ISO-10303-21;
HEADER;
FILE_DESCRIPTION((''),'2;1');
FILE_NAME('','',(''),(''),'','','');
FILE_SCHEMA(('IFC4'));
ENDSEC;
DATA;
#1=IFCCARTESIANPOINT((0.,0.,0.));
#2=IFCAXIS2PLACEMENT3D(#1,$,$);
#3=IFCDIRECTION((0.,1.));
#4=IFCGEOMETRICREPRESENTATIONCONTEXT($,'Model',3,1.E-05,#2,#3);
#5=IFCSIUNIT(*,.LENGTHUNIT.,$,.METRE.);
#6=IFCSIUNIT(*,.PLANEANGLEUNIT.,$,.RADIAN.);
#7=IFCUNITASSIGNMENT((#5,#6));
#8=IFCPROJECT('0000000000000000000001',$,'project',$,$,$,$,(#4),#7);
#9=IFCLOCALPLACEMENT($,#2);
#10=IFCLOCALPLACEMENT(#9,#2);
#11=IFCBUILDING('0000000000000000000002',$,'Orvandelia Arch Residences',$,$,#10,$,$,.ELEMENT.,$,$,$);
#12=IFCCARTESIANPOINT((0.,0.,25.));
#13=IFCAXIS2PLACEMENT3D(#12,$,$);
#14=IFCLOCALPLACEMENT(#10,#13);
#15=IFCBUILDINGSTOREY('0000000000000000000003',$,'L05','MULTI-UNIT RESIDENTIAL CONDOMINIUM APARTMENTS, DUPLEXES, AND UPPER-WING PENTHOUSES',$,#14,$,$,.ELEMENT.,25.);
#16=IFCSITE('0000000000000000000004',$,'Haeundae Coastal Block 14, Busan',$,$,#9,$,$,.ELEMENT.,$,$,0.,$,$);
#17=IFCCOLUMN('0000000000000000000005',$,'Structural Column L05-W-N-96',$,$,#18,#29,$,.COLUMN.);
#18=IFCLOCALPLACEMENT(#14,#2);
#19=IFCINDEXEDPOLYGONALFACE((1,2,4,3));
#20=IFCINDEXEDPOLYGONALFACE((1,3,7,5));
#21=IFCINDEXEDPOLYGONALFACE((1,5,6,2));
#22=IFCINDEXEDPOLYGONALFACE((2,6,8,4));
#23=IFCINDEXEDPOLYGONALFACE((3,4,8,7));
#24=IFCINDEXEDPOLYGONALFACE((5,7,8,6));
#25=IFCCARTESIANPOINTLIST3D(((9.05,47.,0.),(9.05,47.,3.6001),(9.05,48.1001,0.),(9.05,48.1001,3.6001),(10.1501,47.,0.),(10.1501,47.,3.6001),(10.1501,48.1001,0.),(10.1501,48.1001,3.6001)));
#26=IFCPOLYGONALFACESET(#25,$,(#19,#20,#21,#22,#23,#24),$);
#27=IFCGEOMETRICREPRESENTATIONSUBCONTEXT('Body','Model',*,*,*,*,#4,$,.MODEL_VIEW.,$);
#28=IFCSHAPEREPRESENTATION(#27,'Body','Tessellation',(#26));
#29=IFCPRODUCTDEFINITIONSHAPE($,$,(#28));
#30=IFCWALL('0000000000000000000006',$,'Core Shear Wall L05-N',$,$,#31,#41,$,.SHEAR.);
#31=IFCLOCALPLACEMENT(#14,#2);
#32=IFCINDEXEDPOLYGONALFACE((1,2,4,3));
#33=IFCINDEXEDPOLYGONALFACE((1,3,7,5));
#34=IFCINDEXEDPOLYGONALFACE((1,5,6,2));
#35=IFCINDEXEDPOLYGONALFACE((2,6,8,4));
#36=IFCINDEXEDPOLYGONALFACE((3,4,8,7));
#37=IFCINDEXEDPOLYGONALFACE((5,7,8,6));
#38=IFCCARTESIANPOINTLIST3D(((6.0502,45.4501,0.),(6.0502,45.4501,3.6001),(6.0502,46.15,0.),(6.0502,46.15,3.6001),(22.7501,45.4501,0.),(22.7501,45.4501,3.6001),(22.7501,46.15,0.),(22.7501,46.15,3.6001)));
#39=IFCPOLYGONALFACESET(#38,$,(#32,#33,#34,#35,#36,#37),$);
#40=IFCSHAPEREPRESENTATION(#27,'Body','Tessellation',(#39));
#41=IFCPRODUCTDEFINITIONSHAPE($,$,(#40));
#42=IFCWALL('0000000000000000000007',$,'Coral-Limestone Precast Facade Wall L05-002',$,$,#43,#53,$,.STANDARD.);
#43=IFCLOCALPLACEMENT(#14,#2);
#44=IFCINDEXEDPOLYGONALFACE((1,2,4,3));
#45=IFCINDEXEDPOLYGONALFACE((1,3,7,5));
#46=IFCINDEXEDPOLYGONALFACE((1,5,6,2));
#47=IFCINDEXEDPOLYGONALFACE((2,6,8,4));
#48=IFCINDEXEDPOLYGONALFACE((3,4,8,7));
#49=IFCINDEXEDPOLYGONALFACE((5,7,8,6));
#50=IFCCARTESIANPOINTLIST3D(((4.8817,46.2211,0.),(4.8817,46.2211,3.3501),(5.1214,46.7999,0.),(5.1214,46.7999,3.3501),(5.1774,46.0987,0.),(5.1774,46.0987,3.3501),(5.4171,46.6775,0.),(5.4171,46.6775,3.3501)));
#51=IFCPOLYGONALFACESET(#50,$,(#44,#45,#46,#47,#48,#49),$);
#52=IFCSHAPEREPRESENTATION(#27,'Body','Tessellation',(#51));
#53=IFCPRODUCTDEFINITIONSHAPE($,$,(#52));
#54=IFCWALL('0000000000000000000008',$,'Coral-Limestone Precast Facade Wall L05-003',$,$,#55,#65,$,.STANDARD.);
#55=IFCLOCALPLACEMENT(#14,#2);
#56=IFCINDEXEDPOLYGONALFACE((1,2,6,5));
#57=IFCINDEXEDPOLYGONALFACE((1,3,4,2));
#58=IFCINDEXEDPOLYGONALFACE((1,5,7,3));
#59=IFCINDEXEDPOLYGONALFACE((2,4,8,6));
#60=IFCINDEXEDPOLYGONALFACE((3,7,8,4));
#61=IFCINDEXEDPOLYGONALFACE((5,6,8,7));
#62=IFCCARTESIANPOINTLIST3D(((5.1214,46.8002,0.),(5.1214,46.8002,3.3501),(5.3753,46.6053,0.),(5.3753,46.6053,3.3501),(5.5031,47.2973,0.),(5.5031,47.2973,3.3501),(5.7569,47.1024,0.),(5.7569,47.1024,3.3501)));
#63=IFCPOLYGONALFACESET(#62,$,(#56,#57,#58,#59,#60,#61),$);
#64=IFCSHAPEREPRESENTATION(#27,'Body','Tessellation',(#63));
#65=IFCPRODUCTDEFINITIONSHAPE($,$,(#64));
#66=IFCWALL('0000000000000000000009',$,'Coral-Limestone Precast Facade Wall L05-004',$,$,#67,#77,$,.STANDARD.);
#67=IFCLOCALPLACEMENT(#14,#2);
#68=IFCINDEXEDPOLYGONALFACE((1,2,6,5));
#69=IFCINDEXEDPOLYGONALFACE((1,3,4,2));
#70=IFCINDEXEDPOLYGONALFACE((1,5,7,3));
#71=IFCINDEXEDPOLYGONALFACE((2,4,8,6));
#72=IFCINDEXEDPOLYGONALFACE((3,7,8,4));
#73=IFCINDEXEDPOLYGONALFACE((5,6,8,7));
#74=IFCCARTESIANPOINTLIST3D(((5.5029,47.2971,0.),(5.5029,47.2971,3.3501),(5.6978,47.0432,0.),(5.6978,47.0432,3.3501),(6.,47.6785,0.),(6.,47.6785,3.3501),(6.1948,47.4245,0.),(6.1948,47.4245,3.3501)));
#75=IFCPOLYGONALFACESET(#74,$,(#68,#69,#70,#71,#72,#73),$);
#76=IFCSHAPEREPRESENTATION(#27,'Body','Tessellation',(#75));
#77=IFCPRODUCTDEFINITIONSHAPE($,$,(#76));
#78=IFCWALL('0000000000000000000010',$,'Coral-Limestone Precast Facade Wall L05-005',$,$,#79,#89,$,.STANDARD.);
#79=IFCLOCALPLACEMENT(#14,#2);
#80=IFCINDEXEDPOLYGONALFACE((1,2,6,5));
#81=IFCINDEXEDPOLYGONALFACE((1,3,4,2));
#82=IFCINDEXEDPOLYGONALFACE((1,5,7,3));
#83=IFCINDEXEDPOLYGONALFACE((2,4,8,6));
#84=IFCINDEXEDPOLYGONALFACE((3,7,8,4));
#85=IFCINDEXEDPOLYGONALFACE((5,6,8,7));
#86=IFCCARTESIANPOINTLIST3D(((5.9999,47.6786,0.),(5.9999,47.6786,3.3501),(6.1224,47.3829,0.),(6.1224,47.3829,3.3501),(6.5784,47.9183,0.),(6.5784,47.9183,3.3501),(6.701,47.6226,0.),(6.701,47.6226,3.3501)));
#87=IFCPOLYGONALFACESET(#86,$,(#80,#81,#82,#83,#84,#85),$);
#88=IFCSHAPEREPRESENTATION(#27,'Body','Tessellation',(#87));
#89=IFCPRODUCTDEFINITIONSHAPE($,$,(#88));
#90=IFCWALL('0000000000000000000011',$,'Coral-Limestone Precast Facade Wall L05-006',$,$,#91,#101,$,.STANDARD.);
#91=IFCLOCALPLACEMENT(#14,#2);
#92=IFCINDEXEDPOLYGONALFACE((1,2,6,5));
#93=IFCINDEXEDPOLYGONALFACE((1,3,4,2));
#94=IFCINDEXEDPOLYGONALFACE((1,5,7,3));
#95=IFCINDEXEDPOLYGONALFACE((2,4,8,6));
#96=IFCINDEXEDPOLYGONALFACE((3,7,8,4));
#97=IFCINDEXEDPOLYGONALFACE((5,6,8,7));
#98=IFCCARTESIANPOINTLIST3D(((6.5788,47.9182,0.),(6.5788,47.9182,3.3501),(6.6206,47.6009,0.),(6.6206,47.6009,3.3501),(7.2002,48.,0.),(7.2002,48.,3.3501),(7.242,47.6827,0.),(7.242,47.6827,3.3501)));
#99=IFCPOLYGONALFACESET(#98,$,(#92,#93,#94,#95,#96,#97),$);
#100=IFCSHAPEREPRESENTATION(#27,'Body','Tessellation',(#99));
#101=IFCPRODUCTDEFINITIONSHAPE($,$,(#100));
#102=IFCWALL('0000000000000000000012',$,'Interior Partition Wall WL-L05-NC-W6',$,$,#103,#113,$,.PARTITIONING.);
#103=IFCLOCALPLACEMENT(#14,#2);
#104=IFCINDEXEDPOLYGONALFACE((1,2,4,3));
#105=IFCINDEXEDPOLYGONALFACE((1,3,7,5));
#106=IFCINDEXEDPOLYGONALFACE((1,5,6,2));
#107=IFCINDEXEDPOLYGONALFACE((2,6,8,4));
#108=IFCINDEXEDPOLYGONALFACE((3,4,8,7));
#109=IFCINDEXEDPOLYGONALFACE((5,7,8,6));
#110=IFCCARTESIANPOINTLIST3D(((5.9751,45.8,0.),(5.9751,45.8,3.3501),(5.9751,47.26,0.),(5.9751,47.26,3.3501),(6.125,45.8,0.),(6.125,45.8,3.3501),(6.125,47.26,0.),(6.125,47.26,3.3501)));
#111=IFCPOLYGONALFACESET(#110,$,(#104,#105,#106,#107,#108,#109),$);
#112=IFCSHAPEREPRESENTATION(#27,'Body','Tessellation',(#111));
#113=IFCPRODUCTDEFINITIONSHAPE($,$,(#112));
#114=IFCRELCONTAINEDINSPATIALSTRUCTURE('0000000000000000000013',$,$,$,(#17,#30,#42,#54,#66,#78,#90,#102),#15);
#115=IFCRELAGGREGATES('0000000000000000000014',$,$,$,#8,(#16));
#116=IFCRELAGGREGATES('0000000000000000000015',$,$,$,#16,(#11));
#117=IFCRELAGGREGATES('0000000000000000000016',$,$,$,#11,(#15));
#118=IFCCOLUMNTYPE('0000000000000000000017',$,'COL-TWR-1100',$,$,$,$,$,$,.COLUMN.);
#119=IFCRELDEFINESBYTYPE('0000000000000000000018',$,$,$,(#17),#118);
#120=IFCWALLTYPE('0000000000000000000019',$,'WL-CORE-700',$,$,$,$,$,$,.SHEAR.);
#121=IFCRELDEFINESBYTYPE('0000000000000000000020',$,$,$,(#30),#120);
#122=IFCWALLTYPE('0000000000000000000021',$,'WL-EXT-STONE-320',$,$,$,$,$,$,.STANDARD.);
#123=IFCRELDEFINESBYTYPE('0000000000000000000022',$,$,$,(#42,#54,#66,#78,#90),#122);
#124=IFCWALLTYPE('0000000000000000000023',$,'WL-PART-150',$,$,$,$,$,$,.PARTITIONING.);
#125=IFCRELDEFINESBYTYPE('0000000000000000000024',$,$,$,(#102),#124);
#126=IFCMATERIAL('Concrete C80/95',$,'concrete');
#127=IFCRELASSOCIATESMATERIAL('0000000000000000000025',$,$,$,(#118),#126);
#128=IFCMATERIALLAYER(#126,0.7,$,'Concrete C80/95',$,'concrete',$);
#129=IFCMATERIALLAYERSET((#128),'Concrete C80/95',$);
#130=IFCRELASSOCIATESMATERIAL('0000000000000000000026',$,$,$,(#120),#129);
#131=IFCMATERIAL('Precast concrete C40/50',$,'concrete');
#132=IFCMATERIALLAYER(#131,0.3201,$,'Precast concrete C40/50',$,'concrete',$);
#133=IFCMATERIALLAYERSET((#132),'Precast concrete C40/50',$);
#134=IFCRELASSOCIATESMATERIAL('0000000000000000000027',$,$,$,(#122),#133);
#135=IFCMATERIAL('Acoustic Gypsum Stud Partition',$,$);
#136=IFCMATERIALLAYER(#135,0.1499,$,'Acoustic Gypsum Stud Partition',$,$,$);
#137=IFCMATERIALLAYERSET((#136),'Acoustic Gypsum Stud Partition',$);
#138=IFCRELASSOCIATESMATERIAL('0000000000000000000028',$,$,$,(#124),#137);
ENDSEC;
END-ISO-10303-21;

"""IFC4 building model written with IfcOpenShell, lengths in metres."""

from ifc_helpers import new_model, si_unit, direction, frame, frame_2d, origin, origin_2d, place, context, subcontext, project, spatial, rectangle, extrude, material, layer, layer_set, material_profile, profile_set, type_object, element, save


model = new_model("IFC4")

# Units and contexts
model_context = context("Model", 3, precision=1e-05, world=origin(), true_north=direction((0.0, 1.0)))
body_context = subcontext(model_context, "Body", "Model", "MODEL_VIEW")
ifc_project = project(units=[si_unit("LENGTHUNIT", "METRE"), si_unit("PLANEANGLEUNIT", "RADIAN")], contexts=[model_context])

# Site, building, storey
site_placement = place(None, origin())
site = spatial("IfcSite", under=ifc_project, at=site_placement, Name="Haeundae Coastal Block 14, Busan", CompositionType="ELEMENT", RefElevation=0.0)
building_placement = place(site_placement, origin())
building = spatial("IfcBuilding", under=site, at=building_placement, Name="Orvandelia Arch Residences", CompositionType="ELEMENT")
storey_placement = place(building_placement, frame((0.0, 0.0, 25.0)))
storey = spatial("IfcBuildingStorey", under=building, at=storey_placement, Name="L05", Description="MULTI-UNIT RESIDENTIAL CONDOMINIUM APARTMENTS, DUPLEXES, AND UPPER-WING PENTHOUSES", CompositionType="ELEMENT", Elevation=25.0)

# Column
ifc_material_1 = material(Name="Concrete C80/95", Category="concrete")
ifc_material_profile = material_profile(ifc_material_1, rectangle(XDim=1.1001, YDim=1.1001, at=origin_2d()), Name="Concrete C80/95", Category="concrete")
ifc_profile_set = profile_set([ifc_material_profile], Name="Concrete C80/95")
column_type = type_object("IfcColumnType", Name="COL-TWR-1100", PredefinedType="COLUMN", material=ifc_profile_set)
column_placement = place(storey_placement, frame((9.6001, 47.55, 0.0), z_axis=(0.0, 0.0, 1.0), x_axis=(1.0, 0.0, 0.0)))
element("IfcColumn", 1, at=column_placement, inside=storey, type_object=column_type, Name="Structural Column L05-W-N-96", PredefinedType="COLUMN", context=body_context, shape_type="SweptSolid", body=[
    extrude(rectangle(XDim=1.1001, YDim=1.1001, at=origin_2d()), origin(), (0.0, 0.0, 1.0), 3.6001),
])

# Walls
ifc_layer_1 = layer(ifc_material_1, 0.7, Name="Concrete C80/95", Category="concrete")
ifc_layer_set_1 = layer_set([ifc_layer_1], Name="Concrete C80/95")
wall_type_1 = type_object("IfcWallType", Name="WL-CORE-700", PredefinedType="SHEAR", material=ifc_layer_set_1)
wall_1_placement = place(storey_placement, frame((6.05, 45.8, 0.0), z_axis=(0.0, 0.0, 1.0), x_axis=(1.0, 0.0, 0.0)))
element("IfcWall", 2, at=wall_1_placement, inside=storey, type_object=wall_type_1, Name="Core Shear Wall L05-N", PredefinedType="SHEAR", context=body_context, shape_type="SweptSolid", body=[
    extrude(rectangle(XDim=16.7, YDim=0.7, at=frame_2d((8.3501, 0.0))), origin(), (0.0, 0.0, 1.0), 3.6001),
])
ifc_material_2 = material(Name="Precast concrete C40/50", Category="concrete")
ifc_layer_2 = layer(ifc_material_2, 0.3201, Name="Precast concrete C40/50", Category="concrete")
ifc_layer_set_2 = layer_set([ifc_layer_2], Name="Precast concrete C40/50")
wall_type_2 = type_object("IfcWallType", Name="WL-EXT-STONE-320", PredefinedType="STANDARD", material=ifc_layer_set_2)
wall_2_placement = place(storey_placement, frame((5.0295, 46.1599, 0.0), z_axis=(0.0, 0.0, 1.0), x_axis=(0.38265, 0.923893, 0.0)))
element("IfcWall", 3, at=wall_2_placement, inside=storey, type_object=wall_type_2, Name="Coral-Limestone Precast Facade Wall L05-002", PredefinedType="STANDARD", context=body_context, shape_type="SweptSolid", body=[
    extrude(rectangle(XDim=0.6265, YDim=0.3201, at=frame_2d((0.3132, 0.0))), origin(), (0.0, 0.0, 1.0), 3.3501),
])
wall_3_placement = place(storey_placement, frame((5.2483, 46.7026, 0.0), z_axis=(0.0, 0.0, 1.0), x_axis=(0.608939, 0.793217, 0.0)))
element("IfcWall", 4, at=wall_3_placement, inside=storey, type_object=wall_type_2, Name="Coral-Limestone Precast Facade Wall L05-003", PredefinedType="STANDARD", context=body_context, shape_type="SweptSolid", body=[
    extrude(rectangle(XDim=0.6267, YDim=0.3201, at=frame_2d((0.3135, 0.0))), origin(), (0.0, 0.0, 1.0), 3.3501),
])
wall_4_placement = place(storey_placement, frame((5.6003, 47.1702, 0.0), z_axis=(0.0, 0.0, 1.0), x_axis=(0.793406, 0.608693, 0.0)))
element("IfcWall", 5, at=wall_4_placement, inside=storey, type_object=wall_type_2, Name="Coral-Limestone Precast Facade Wall L05-004", PredefinedType="STANDARD", context=body_context, shape_type="SweptSolid", body=[
    extrude(rectangle(XDim=0.6265, YDim=0.3201, at=frame_2d((0.3132, 0.0))), origin(), (0.0, 0.0, 1.0), 3.3501),
])
wall_5_placement = place(storey_placement, frame((6.0613, 47.5308, 0.0), z_axis=(0.0, 0.0, 1.0), x_axis=(0.923836, 0.382788, 0.0)))
element("IfcWall", 6, at=wall_5_placement, inside=storey, type_object=wall_type_2, Name="Coral-Limestone Precast Facade Wall L05-005", PredefinedType="STANDARD", context=body_context, shape_type="SweptSolid", body=[
    extrude(rectangle(XDim=0.6262, YDim=0.3201, at=frame_2d((0.313, 0.0))), origin(), (0.0, 0.0, 1.0), 3.3501),
])
wall_6_placement = place(storey_placement, frame((6.5996, 47.7595, 0.0), z_axis=(0.0, 0.0, 1.0), x_axis=(0.991448, 0.130505, 0.0)))
element("IfcWall", 7, at=wall_6_placement, inside=storey, type_object=wall_type_2, Name="Coral-Limestone Precast Facade Wall L05-006", PredefinedType="STANDARD", context=body_context, shape_type="SweptSolid", body=[
    extrude(rectangle(XDim=0.6267, YDim=0.3201, at=frame_2d((0.3135, 0.0))), origin(), (0.0, 0.0, 1.0), 3.3501),
])

# Wall
ifc_material_3 = material(Name="Acoustic Gypsum Stud Partition")
ifc_layer_3 = layer(ifc_material_3, 0.1499, Name="Acoustic Gypsum Stud Partition")
ifc_layer_set_3 = layer_set([ifc_layer_3], Name="Acoustic Gypsum Stud Partition")
wall_type_3 = type_object("IfcWallType", Name="WL-PART-150", PredefinedType="PARTITIONING", material=ifc_layer_set_3)
wall_7_placement = place(storey_placement, frame((6.05, 45.8, 0.0), z_axis=(0.0, 0.0, 1.0), x_axis=(0.0, 1.0, 0.0)))
element("IfcWall", 8, at=wall_7_placement, inside=storey, type_object=wall_type_3, Name="Interior Partition Wall WL-L05-NC-W6", PredefinedType="PARTITIONING", context=body_context, shape_type="SweptSolid", body=[
    extrude(rectangle(XDim=1.46, YDim=0.1499, at=frame_2d((0.73, 0.0))), origin(), (0.0, 0.0, 1.0), 3.3501),
])

save(model, "model.ifc")
